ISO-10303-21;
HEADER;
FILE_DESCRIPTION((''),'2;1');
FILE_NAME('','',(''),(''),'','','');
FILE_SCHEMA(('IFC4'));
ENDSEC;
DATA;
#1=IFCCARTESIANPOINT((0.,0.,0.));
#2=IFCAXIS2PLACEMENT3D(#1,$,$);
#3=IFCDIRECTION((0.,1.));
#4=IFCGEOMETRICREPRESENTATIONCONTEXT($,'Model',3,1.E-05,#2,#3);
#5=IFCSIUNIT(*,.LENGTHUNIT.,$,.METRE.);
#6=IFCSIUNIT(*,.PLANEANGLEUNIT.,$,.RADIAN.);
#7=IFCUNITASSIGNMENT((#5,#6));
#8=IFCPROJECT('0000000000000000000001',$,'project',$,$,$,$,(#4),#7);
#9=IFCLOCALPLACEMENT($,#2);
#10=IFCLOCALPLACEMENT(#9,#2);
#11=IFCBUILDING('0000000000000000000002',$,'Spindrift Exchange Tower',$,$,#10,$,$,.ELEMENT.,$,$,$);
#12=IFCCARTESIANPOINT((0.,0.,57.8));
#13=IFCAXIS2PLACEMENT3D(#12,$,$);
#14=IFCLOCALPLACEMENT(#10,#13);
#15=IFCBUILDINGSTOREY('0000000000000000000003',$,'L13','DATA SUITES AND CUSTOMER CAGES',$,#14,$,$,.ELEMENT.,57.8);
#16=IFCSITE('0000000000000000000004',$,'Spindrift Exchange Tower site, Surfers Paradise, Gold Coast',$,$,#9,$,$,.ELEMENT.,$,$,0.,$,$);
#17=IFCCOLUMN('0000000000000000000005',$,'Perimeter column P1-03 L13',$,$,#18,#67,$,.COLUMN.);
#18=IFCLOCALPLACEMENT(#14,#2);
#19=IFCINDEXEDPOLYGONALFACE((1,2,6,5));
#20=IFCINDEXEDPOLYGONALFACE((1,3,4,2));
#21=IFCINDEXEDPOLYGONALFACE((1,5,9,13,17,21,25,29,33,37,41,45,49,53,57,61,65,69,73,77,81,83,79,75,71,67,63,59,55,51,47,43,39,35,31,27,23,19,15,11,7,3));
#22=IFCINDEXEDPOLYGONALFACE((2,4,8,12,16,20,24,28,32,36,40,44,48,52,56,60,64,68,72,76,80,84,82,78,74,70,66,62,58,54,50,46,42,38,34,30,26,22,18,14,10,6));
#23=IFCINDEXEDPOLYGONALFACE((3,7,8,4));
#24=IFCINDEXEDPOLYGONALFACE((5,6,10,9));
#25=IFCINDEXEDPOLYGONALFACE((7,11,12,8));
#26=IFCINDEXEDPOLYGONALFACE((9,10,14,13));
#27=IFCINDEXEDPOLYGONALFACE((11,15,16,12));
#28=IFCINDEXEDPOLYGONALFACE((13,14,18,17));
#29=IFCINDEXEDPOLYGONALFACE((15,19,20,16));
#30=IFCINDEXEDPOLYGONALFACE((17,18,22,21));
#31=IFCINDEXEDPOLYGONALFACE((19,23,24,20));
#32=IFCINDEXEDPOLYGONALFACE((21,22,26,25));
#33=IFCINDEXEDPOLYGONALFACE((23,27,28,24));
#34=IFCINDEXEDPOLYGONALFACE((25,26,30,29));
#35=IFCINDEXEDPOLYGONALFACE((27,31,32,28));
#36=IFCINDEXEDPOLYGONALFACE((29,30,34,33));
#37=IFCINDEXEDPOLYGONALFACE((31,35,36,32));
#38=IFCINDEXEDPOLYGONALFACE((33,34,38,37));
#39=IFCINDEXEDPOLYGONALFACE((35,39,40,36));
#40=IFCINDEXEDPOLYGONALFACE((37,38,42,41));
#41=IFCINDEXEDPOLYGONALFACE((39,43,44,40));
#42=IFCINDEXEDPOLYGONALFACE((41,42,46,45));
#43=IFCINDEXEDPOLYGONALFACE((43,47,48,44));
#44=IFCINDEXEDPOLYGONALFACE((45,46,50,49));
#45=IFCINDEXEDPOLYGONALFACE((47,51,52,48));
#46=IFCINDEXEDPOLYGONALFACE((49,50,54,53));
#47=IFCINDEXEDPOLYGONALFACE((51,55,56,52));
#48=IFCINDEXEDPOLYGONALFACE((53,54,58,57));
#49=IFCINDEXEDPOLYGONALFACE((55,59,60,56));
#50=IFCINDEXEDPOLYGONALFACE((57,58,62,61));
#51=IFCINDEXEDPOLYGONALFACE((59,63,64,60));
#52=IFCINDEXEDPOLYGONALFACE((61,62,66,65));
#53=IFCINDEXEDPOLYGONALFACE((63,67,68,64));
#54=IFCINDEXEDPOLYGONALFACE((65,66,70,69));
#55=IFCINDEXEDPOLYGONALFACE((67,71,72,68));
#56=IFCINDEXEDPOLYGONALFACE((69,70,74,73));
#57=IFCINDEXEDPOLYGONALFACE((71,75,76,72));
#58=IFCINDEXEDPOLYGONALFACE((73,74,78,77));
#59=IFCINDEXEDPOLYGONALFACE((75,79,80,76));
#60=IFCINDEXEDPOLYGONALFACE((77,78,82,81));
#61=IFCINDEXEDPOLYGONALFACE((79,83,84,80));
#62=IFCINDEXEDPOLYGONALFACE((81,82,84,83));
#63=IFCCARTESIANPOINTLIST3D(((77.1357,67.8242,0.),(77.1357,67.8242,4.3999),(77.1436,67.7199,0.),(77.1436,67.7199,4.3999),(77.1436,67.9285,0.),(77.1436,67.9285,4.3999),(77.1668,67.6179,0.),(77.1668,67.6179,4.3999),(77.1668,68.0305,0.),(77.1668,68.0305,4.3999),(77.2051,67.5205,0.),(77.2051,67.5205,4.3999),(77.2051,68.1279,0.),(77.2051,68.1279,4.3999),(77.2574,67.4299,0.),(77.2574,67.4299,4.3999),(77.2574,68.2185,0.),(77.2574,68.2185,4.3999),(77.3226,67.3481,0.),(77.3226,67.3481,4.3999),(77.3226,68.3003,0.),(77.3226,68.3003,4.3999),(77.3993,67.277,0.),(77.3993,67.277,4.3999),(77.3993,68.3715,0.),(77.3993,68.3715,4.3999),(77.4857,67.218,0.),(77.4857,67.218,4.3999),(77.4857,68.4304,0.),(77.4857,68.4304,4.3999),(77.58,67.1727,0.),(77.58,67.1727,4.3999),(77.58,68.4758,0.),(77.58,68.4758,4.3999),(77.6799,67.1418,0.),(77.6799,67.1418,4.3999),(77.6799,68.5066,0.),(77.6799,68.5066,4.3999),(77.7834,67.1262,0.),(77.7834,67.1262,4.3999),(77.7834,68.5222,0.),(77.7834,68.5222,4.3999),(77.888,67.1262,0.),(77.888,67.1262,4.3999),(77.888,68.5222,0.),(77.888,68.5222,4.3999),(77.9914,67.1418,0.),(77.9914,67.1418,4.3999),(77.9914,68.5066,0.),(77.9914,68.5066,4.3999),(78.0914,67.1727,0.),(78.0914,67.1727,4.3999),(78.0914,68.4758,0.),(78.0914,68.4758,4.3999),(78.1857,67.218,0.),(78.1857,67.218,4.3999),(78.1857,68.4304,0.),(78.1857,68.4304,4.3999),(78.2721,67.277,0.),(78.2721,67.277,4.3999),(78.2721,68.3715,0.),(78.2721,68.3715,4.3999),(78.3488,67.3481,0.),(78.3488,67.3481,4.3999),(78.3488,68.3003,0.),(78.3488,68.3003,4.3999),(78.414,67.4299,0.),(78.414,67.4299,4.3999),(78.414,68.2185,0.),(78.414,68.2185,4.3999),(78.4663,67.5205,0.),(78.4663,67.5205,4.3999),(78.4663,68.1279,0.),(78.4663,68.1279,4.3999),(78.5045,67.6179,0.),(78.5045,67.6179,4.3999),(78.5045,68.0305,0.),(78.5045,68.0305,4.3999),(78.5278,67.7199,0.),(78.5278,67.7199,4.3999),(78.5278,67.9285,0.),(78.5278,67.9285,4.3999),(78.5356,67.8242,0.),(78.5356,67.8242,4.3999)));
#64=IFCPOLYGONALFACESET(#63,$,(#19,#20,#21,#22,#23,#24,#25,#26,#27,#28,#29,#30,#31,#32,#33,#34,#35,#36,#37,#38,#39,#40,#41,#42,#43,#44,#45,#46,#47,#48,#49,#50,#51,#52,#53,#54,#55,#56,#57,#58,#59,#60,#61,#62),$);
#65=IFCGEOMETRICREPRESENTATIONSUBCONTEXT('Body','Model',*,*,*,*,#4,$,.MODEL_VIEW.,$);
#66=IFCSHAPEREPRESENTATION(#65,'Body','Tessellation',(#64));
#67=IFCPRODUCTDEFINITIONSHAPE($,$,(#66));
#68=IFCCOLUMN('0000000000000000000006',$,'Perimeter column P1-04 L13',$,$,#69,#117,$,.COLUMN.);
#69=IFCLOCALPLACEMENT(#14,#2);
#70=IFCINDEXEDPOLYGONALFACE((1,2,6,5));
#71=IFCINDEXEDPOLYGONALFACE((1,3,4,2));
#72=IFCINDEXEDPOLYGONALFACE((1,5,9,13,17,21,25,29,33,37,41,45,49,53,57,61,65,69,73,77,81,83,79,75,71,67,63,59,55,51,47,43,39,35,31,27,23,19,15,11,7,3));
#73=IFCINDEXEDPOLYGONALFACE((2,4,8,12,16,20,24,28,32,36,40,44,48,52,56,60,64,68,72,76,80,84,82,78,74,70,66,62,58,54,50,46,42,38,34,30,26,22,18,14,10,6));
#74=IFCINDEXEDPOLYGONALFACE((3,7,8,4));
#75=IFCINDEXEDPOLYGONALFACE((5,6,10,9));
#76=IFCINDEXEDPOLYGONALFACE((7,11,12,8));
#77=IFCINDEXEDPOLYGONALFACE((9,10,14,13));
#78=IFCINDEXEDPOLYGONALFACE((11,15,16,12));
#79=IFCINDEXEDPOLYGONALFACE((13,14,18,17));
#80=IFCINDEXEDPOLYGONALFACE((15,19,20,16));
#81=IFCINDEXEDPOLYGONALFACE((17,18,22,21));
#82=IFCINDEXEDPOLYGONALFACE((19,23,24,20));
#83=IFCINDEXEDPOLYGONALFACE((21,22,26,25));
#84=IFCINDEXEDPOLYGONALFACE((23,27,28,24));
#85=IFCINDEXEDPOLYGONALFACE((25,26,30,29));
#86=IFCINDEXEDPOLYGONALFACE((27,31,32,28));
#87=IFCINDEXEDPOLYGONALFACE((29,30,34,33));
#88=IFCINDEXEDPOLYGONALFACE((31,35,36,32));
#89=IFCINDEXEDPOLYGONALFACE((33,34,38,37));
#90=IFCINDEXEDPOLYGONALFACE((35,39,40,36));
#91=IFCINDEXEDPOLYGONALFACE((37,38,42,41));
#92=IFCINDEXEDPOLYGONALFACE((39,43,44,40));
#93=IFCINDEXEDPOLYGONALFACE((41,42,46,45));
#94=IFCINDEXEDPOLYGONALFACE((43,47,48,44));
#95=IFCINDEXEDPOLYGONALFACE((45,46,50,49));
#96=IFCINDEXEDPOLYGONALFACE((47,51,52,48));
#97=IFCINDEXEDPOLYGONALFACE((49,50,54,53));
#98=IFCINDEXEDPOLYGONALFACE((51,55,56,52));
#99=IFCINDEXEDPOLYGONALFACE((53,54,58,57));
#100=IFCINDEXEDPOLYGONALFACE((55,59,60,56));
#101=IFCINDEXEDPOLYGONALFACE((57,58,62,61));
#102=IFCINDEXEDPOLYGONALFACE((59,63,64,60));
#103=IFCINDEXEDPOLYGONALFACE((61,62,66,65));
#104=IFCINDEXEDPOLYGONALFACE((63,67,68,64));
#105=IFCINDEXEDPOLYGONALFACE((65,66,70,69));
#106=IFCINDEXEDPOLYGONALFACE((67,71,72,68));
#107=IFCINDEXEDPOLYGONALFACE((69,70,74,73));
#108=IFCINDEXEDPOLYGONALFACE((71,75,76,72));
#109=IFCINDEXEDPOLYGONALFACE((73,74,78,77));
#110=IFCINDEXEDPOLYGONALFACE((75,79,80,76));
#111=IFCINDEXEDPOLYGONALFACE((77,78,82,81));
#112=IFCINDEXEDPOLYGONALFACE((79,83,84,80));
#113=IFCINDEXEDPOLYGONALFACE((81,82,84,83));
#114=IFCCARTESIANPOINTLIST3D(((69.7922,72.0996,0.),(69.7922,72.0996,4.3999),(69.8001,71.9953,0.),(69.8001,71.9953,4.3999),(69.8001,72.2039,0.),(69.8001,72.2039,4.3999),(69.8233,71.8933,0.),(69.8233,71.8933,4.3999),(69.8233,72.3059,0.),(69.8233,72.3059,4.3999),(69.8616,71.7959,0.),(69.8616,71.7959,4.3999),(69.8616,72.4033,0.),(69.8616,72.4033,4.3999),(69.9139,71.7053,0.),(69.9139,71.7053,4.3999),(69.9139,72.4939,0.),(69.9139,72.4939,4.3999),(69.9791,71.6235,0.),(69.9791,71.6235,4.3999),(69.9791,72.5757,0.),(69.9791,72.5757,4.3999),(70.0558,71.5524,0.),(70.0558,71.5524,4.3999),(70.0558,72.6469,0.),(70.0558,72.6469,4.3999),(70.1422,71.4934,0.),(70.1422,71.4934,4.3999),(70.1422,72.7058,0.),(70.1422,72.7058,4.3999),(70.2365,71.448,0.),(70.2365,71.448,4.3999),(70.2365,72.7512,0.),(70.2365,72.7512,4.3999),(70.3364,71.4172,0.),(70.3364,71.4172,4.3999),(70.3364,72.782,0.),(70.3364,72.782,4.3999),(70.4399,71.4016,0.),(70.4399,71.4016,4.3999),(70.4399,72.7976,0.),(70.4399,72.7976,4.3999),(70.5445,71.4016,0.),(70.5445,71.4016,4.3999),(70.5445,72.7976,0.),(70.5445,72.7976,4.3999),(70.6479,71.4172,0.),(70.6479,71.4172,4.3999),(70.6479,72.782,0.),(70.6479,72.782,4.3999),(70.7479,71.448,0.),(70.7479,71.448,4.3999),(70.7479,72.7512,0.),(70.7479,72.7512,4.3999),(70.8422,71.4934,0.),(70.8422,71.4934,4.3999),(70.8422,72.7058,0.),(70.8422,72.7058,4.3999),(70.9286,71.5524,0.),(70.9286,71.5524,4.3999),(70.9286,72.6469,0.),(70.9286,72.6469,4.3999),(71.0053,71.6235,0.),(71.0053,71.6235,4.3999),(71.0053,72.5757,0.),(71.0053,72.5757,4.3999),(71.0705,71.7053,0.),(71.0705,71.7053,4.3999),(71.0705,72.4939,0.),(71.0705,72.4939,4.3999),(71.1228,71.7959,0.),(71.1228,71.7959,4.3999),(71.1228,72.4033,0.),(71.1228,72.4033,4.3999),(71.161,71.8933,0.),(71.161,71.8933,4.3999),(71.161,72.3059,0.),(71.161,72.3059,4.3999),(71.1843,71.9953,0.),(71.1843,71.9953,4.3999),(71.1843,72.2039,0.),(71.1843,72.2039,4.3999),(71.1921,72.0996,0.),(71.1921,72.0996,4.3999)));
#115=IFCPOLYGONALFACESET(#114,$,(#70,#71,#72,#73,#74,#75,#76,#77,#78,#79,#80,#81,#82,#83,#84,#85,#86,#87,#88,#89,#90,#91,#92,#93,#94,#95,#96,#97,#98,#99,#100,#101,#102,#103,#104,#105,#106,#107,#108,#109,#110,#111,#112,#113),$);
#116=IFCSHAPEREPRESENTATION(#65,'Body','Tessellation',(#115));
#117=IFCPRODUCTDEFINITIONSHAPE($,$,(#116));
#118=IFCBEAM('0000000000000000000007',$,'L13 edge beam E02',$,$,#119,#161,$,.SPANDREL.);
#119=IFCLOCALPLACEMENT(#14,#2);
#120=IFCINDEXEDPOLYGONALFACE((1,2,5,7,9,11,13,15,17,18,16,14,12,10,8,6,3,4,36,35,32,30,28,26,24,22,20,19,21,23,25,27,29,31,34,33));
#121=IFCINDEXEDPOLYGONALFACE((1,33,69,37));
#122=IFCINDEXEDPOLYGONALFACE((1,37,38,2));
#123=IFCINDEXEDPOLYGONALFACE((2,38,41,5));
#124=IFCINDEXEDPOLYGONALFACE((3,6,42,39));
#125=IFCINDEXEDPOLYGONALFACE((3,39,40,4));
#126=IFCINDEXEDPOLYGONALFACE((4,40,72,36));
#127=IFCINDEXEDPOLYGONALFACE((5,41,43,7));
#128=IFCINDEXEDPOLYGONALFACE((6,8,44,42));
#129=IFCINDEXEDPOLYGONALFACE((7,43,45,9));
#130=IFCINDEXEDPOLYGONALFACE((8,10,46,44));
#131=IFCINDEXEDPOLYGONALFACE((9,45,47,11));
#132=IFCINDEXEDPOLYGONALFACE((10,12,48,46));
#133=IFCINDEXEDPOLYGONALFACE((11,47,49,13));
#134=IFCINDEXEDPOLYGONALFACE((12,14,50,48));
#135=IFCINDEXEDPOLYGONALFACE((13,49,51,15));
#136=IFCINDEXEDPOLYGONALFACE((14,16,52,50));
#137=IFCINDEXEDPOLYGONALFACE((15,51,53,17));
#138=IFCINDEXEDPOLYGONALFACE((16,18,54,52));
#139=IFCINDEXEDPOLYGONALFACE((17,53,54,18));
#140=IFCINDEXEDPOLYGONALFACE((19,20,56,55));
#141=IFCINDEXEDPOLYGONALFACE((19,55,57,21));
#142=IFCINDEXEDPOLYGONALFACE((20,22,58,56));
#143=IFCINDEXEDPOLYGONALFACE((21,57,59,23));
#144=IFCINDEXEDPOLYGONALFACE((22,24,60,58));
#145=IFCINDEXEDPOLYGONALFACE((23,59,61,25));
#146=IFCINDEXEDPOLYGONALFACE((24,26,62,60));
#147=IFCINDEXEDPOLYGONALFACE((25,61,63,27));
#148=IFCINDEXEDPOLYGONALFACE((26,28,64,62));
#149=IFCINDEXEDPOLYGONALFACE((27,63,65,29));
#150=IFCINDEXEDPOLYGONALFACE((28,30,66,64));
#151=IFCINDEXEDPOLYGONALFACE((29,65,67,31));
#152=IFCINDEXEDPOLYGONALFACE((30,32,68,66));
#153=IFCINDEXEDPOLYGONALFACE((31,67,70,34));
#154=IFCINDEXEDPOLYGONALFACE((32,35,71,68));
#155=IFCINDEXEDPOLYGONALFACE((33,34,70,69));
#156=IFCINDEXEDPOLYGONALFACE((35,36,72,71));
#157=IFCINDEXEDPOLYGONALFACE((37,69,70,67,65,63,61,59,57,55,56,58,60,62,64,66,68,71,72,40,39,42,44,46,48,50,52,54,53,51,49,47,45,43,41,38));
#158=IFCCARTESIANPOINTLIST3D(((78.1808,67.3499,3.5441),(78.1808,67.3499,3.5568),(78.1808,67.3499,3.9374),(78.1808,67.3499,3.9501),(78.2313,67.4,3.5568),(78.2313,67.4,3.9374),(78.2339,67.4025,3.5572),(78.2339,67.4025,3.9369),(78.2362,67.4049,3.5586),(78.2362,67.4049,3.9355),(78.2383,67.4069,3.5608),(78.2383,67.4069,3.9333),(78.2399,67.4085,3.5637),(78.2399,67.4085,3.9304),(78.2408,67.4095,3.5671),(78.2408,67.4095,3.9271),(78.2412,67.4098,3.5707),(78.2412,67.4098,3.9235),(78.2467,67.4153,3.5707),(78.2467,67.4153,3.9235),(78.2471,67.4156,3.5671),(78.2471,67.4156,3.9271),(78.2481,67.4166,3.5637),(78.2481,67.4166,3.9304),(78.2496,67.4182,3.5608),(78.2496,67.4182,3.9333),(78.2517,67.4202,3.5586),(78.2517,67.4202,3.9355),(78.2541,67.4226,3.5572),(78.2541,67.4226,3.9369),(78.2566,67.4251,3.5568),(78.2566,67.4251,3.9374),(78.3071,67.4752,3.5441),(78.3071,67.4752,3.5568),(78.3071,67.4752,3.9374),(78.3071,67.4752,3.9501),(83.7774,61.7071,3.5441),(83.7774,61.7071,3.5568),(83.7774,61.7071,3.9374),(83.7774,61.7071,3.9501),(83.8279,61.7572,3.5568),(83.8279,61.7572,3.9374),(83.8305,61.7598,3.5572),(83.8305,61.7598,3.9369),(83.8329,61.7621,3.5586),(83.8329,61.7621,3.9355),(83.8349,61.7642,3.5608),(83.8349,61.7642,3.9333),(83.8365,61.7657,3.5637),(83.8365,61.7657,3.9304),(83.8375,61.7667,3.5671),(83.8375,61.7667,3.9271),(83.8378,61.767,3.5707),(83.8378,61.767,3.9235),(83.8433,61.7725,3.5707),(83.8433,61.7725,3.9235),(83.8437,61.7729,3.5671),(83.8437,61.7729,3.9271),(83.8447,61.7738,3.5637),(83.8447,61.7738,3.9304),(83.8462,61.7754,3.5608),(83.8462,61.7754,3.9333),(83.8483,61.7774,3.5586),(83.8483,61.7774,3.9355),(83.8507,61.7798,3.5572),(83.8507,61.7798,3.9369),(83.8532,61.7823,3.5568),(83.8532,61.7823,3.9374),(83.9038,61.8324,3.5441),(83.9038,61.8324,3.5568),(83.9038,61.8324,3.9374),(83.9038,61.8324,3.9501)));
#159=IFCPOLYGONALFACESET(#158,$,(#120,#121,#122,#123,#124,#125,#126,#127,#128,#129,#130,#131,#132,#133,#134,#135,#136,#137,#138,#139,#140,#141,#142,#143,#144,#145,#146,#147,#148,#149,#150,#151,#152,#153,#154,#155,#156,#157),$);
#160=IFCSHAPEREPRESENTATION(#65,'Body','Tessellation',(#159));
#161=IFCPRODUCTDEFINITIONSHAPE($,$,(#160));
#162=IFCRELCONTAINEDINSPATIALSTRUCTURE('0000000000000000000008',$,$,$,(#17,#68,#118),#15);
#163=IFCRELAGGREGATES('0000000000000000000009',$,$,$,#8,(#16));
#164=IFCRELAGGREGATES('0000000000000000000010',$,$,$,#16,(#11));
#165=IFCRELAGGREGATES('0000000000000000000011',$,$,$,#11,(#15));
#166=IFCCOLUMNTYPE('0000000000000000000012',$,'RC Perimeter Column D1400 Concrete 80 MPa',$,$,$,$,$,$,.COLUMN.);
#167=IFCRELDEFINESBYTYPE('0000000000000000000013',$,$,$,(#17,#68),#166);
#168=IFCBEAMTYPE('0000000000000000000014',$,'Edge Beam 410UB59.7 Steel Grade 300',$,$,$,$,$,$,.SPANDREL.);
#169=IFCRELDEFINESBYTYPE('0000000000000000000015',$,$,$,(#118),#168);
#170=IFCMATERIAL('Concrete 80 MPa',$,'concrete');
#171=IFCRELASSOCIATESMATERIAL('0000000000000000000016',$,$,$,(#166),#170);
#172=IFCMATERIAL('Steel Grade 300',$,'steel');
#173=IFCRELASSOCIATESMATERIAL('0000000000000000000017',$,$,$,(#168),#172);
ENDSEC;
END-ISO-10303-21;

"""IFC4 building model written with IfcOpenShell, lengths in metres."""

from ifc_helpers import new_model, si_unit, direction, frame, origin, origin_2d, place, context, subcontext, project, spatial, circle, i_section, extrude, source, transform, mapped, material, material_profile, profile_set, type_object, element, save


model = new_model("IFC4")

# Units and contexts
model_context = context("Model", 3, precision=1e-05, world=origin(), true_north=direction((0.0, 1.0)))
body_context = subcontext(model_context, "Body", "Model", "MODEL_VIEW")
ifc_project = project(units=[si_unit("LENGTHUNIT", "METRE"), si_unit("PLANEANGLEUNIT", "RADIAN")], contexts=[model_context])

# Site, building, storey
site_placement = place(None, origin())
site = spatial("IfcSite", under=ifc_project, at=site_placement, Name="Spindrift Exchange Tower site, Surfers Paradise, Gold Coast", CompositionType="ELEMENT", RefElevation=0.0)
building_placement = place(site_placement, origin())
building = spatial("IfcBuilding", under=site, at=building_placement, Name="Spindrift Exchange Tower", CompositionType="ELEMENT")
storey_placement = place(building_placement, frame((0.0, 0.0, 57.8)))
storey = spatial("IfcBuildingStorey", under=building, at=storey_placement, Name="L13", Description="DATA SUITES AND CUSTOMER CAGES", CompositionType="ELEMENT", Elevation=57.8)

# Columns
ifc_material_1 = material(Name="Concrete 80 MPa", Category="concrete")
ifc_material_profile_1 = material_profile(ifc_material_1, circle(Radius=0.7, at=origin_2d()), Name="RC D1400")
ifc_profile_set_1 = profile_set([ifc_material_profile_1], Name="Concrete 80 MPa")
column_type = type_object("IfcColumnType", Name="RC Perimeter Column D1400 Concrete 80 MPa", PredefinedType="COLUMN", material=ifc_profile_set_1)
shared_shape_1 = source(origin(), body_context, "Body", "SweptSolid", [
    extrude(circle(Radius=0.7, at=origin_2d()), origin(), (0.0, 0.0, 1.0), 4.3999),
])
for number, where, z_axis, x_axis, name in (
    (1, (77.8357, 67.8242, 0.0), (0.0, 0.0, 1.0), (1.0, 0.0, 0.0), "Perimeter column P1-03 L13"),
    (2, (70.4922, 72.0996, 0.0), (0.0, 0.0, 1.0), (1.0, 0.0, 0.0), "Perimeter column P1-04 L13"),
):
    element("IfcColumn", number, at=place(storey_placement, frame(where, z_axis=z_axis, x_axis=x_axis)), inside=storey, type_object=column_type, Name=name, PredefinedType="COLUMN", context=body_context, shape_type="MappedRepresentation", body=[
        mapped(shared_shape_1, transform((0.0, 0.0, 0.0), scale=1.0)),
    ])

# Beam
ifc_material_2 = material(Name="Steel Grade 300", Category="steel")
ifc_material_profile_2 = material_profile(ifc_material_2, i_section(OverallWidth=0.178, OverallDepth=0.406, WebThickness=0.0078, FlangeThickness=0.0127, FilletRadius=0.0139, at=origin_2d()), Name="410UB59.7")
ifc_profile_set_2 = profile_set([ifc_material_profile_2], Name="Steel Grade 300")
beam_type_1 = type_object("IfcBeamType", Name="Edge Beam 410UB59.7 Steel Grade 300", PredefinedType="SPANDREL", material=ifc_profile_set_2)
shared_shape_2 = source(origin(), body_context, "Body", "SweptSolid", [
    extrude(i_section(OverallWidth=0.178, OverallDepth=0.406, WebThickness=0.0078, FlangeThickness=0.0127, FilletRadius=0.0139, at=origin_2d()), origin(), (0.0, 0.0, 1.0), 7.9475),
])
beam_1_placement = place(storey_placement, frame((83.8406, 61.7698, 3.7471), z_axis=(-0.704198, 0.710004, 0.0), x_axis=(-0.710004, -0.704198, 0.0)))
element("IfcBeam", 3, at=beam_1_placement, inside=storey, type_object=beam_type_1, Name="L13 edge beam E02", PredefinedType="SPANDREL", context=body_context, shape_type="MappedRepresentation", body=[
    mapped(shared_shape_2, transform((0.0, 0.0, 0.0), scale=1.0)),
])

save(model, "model.ifc")
